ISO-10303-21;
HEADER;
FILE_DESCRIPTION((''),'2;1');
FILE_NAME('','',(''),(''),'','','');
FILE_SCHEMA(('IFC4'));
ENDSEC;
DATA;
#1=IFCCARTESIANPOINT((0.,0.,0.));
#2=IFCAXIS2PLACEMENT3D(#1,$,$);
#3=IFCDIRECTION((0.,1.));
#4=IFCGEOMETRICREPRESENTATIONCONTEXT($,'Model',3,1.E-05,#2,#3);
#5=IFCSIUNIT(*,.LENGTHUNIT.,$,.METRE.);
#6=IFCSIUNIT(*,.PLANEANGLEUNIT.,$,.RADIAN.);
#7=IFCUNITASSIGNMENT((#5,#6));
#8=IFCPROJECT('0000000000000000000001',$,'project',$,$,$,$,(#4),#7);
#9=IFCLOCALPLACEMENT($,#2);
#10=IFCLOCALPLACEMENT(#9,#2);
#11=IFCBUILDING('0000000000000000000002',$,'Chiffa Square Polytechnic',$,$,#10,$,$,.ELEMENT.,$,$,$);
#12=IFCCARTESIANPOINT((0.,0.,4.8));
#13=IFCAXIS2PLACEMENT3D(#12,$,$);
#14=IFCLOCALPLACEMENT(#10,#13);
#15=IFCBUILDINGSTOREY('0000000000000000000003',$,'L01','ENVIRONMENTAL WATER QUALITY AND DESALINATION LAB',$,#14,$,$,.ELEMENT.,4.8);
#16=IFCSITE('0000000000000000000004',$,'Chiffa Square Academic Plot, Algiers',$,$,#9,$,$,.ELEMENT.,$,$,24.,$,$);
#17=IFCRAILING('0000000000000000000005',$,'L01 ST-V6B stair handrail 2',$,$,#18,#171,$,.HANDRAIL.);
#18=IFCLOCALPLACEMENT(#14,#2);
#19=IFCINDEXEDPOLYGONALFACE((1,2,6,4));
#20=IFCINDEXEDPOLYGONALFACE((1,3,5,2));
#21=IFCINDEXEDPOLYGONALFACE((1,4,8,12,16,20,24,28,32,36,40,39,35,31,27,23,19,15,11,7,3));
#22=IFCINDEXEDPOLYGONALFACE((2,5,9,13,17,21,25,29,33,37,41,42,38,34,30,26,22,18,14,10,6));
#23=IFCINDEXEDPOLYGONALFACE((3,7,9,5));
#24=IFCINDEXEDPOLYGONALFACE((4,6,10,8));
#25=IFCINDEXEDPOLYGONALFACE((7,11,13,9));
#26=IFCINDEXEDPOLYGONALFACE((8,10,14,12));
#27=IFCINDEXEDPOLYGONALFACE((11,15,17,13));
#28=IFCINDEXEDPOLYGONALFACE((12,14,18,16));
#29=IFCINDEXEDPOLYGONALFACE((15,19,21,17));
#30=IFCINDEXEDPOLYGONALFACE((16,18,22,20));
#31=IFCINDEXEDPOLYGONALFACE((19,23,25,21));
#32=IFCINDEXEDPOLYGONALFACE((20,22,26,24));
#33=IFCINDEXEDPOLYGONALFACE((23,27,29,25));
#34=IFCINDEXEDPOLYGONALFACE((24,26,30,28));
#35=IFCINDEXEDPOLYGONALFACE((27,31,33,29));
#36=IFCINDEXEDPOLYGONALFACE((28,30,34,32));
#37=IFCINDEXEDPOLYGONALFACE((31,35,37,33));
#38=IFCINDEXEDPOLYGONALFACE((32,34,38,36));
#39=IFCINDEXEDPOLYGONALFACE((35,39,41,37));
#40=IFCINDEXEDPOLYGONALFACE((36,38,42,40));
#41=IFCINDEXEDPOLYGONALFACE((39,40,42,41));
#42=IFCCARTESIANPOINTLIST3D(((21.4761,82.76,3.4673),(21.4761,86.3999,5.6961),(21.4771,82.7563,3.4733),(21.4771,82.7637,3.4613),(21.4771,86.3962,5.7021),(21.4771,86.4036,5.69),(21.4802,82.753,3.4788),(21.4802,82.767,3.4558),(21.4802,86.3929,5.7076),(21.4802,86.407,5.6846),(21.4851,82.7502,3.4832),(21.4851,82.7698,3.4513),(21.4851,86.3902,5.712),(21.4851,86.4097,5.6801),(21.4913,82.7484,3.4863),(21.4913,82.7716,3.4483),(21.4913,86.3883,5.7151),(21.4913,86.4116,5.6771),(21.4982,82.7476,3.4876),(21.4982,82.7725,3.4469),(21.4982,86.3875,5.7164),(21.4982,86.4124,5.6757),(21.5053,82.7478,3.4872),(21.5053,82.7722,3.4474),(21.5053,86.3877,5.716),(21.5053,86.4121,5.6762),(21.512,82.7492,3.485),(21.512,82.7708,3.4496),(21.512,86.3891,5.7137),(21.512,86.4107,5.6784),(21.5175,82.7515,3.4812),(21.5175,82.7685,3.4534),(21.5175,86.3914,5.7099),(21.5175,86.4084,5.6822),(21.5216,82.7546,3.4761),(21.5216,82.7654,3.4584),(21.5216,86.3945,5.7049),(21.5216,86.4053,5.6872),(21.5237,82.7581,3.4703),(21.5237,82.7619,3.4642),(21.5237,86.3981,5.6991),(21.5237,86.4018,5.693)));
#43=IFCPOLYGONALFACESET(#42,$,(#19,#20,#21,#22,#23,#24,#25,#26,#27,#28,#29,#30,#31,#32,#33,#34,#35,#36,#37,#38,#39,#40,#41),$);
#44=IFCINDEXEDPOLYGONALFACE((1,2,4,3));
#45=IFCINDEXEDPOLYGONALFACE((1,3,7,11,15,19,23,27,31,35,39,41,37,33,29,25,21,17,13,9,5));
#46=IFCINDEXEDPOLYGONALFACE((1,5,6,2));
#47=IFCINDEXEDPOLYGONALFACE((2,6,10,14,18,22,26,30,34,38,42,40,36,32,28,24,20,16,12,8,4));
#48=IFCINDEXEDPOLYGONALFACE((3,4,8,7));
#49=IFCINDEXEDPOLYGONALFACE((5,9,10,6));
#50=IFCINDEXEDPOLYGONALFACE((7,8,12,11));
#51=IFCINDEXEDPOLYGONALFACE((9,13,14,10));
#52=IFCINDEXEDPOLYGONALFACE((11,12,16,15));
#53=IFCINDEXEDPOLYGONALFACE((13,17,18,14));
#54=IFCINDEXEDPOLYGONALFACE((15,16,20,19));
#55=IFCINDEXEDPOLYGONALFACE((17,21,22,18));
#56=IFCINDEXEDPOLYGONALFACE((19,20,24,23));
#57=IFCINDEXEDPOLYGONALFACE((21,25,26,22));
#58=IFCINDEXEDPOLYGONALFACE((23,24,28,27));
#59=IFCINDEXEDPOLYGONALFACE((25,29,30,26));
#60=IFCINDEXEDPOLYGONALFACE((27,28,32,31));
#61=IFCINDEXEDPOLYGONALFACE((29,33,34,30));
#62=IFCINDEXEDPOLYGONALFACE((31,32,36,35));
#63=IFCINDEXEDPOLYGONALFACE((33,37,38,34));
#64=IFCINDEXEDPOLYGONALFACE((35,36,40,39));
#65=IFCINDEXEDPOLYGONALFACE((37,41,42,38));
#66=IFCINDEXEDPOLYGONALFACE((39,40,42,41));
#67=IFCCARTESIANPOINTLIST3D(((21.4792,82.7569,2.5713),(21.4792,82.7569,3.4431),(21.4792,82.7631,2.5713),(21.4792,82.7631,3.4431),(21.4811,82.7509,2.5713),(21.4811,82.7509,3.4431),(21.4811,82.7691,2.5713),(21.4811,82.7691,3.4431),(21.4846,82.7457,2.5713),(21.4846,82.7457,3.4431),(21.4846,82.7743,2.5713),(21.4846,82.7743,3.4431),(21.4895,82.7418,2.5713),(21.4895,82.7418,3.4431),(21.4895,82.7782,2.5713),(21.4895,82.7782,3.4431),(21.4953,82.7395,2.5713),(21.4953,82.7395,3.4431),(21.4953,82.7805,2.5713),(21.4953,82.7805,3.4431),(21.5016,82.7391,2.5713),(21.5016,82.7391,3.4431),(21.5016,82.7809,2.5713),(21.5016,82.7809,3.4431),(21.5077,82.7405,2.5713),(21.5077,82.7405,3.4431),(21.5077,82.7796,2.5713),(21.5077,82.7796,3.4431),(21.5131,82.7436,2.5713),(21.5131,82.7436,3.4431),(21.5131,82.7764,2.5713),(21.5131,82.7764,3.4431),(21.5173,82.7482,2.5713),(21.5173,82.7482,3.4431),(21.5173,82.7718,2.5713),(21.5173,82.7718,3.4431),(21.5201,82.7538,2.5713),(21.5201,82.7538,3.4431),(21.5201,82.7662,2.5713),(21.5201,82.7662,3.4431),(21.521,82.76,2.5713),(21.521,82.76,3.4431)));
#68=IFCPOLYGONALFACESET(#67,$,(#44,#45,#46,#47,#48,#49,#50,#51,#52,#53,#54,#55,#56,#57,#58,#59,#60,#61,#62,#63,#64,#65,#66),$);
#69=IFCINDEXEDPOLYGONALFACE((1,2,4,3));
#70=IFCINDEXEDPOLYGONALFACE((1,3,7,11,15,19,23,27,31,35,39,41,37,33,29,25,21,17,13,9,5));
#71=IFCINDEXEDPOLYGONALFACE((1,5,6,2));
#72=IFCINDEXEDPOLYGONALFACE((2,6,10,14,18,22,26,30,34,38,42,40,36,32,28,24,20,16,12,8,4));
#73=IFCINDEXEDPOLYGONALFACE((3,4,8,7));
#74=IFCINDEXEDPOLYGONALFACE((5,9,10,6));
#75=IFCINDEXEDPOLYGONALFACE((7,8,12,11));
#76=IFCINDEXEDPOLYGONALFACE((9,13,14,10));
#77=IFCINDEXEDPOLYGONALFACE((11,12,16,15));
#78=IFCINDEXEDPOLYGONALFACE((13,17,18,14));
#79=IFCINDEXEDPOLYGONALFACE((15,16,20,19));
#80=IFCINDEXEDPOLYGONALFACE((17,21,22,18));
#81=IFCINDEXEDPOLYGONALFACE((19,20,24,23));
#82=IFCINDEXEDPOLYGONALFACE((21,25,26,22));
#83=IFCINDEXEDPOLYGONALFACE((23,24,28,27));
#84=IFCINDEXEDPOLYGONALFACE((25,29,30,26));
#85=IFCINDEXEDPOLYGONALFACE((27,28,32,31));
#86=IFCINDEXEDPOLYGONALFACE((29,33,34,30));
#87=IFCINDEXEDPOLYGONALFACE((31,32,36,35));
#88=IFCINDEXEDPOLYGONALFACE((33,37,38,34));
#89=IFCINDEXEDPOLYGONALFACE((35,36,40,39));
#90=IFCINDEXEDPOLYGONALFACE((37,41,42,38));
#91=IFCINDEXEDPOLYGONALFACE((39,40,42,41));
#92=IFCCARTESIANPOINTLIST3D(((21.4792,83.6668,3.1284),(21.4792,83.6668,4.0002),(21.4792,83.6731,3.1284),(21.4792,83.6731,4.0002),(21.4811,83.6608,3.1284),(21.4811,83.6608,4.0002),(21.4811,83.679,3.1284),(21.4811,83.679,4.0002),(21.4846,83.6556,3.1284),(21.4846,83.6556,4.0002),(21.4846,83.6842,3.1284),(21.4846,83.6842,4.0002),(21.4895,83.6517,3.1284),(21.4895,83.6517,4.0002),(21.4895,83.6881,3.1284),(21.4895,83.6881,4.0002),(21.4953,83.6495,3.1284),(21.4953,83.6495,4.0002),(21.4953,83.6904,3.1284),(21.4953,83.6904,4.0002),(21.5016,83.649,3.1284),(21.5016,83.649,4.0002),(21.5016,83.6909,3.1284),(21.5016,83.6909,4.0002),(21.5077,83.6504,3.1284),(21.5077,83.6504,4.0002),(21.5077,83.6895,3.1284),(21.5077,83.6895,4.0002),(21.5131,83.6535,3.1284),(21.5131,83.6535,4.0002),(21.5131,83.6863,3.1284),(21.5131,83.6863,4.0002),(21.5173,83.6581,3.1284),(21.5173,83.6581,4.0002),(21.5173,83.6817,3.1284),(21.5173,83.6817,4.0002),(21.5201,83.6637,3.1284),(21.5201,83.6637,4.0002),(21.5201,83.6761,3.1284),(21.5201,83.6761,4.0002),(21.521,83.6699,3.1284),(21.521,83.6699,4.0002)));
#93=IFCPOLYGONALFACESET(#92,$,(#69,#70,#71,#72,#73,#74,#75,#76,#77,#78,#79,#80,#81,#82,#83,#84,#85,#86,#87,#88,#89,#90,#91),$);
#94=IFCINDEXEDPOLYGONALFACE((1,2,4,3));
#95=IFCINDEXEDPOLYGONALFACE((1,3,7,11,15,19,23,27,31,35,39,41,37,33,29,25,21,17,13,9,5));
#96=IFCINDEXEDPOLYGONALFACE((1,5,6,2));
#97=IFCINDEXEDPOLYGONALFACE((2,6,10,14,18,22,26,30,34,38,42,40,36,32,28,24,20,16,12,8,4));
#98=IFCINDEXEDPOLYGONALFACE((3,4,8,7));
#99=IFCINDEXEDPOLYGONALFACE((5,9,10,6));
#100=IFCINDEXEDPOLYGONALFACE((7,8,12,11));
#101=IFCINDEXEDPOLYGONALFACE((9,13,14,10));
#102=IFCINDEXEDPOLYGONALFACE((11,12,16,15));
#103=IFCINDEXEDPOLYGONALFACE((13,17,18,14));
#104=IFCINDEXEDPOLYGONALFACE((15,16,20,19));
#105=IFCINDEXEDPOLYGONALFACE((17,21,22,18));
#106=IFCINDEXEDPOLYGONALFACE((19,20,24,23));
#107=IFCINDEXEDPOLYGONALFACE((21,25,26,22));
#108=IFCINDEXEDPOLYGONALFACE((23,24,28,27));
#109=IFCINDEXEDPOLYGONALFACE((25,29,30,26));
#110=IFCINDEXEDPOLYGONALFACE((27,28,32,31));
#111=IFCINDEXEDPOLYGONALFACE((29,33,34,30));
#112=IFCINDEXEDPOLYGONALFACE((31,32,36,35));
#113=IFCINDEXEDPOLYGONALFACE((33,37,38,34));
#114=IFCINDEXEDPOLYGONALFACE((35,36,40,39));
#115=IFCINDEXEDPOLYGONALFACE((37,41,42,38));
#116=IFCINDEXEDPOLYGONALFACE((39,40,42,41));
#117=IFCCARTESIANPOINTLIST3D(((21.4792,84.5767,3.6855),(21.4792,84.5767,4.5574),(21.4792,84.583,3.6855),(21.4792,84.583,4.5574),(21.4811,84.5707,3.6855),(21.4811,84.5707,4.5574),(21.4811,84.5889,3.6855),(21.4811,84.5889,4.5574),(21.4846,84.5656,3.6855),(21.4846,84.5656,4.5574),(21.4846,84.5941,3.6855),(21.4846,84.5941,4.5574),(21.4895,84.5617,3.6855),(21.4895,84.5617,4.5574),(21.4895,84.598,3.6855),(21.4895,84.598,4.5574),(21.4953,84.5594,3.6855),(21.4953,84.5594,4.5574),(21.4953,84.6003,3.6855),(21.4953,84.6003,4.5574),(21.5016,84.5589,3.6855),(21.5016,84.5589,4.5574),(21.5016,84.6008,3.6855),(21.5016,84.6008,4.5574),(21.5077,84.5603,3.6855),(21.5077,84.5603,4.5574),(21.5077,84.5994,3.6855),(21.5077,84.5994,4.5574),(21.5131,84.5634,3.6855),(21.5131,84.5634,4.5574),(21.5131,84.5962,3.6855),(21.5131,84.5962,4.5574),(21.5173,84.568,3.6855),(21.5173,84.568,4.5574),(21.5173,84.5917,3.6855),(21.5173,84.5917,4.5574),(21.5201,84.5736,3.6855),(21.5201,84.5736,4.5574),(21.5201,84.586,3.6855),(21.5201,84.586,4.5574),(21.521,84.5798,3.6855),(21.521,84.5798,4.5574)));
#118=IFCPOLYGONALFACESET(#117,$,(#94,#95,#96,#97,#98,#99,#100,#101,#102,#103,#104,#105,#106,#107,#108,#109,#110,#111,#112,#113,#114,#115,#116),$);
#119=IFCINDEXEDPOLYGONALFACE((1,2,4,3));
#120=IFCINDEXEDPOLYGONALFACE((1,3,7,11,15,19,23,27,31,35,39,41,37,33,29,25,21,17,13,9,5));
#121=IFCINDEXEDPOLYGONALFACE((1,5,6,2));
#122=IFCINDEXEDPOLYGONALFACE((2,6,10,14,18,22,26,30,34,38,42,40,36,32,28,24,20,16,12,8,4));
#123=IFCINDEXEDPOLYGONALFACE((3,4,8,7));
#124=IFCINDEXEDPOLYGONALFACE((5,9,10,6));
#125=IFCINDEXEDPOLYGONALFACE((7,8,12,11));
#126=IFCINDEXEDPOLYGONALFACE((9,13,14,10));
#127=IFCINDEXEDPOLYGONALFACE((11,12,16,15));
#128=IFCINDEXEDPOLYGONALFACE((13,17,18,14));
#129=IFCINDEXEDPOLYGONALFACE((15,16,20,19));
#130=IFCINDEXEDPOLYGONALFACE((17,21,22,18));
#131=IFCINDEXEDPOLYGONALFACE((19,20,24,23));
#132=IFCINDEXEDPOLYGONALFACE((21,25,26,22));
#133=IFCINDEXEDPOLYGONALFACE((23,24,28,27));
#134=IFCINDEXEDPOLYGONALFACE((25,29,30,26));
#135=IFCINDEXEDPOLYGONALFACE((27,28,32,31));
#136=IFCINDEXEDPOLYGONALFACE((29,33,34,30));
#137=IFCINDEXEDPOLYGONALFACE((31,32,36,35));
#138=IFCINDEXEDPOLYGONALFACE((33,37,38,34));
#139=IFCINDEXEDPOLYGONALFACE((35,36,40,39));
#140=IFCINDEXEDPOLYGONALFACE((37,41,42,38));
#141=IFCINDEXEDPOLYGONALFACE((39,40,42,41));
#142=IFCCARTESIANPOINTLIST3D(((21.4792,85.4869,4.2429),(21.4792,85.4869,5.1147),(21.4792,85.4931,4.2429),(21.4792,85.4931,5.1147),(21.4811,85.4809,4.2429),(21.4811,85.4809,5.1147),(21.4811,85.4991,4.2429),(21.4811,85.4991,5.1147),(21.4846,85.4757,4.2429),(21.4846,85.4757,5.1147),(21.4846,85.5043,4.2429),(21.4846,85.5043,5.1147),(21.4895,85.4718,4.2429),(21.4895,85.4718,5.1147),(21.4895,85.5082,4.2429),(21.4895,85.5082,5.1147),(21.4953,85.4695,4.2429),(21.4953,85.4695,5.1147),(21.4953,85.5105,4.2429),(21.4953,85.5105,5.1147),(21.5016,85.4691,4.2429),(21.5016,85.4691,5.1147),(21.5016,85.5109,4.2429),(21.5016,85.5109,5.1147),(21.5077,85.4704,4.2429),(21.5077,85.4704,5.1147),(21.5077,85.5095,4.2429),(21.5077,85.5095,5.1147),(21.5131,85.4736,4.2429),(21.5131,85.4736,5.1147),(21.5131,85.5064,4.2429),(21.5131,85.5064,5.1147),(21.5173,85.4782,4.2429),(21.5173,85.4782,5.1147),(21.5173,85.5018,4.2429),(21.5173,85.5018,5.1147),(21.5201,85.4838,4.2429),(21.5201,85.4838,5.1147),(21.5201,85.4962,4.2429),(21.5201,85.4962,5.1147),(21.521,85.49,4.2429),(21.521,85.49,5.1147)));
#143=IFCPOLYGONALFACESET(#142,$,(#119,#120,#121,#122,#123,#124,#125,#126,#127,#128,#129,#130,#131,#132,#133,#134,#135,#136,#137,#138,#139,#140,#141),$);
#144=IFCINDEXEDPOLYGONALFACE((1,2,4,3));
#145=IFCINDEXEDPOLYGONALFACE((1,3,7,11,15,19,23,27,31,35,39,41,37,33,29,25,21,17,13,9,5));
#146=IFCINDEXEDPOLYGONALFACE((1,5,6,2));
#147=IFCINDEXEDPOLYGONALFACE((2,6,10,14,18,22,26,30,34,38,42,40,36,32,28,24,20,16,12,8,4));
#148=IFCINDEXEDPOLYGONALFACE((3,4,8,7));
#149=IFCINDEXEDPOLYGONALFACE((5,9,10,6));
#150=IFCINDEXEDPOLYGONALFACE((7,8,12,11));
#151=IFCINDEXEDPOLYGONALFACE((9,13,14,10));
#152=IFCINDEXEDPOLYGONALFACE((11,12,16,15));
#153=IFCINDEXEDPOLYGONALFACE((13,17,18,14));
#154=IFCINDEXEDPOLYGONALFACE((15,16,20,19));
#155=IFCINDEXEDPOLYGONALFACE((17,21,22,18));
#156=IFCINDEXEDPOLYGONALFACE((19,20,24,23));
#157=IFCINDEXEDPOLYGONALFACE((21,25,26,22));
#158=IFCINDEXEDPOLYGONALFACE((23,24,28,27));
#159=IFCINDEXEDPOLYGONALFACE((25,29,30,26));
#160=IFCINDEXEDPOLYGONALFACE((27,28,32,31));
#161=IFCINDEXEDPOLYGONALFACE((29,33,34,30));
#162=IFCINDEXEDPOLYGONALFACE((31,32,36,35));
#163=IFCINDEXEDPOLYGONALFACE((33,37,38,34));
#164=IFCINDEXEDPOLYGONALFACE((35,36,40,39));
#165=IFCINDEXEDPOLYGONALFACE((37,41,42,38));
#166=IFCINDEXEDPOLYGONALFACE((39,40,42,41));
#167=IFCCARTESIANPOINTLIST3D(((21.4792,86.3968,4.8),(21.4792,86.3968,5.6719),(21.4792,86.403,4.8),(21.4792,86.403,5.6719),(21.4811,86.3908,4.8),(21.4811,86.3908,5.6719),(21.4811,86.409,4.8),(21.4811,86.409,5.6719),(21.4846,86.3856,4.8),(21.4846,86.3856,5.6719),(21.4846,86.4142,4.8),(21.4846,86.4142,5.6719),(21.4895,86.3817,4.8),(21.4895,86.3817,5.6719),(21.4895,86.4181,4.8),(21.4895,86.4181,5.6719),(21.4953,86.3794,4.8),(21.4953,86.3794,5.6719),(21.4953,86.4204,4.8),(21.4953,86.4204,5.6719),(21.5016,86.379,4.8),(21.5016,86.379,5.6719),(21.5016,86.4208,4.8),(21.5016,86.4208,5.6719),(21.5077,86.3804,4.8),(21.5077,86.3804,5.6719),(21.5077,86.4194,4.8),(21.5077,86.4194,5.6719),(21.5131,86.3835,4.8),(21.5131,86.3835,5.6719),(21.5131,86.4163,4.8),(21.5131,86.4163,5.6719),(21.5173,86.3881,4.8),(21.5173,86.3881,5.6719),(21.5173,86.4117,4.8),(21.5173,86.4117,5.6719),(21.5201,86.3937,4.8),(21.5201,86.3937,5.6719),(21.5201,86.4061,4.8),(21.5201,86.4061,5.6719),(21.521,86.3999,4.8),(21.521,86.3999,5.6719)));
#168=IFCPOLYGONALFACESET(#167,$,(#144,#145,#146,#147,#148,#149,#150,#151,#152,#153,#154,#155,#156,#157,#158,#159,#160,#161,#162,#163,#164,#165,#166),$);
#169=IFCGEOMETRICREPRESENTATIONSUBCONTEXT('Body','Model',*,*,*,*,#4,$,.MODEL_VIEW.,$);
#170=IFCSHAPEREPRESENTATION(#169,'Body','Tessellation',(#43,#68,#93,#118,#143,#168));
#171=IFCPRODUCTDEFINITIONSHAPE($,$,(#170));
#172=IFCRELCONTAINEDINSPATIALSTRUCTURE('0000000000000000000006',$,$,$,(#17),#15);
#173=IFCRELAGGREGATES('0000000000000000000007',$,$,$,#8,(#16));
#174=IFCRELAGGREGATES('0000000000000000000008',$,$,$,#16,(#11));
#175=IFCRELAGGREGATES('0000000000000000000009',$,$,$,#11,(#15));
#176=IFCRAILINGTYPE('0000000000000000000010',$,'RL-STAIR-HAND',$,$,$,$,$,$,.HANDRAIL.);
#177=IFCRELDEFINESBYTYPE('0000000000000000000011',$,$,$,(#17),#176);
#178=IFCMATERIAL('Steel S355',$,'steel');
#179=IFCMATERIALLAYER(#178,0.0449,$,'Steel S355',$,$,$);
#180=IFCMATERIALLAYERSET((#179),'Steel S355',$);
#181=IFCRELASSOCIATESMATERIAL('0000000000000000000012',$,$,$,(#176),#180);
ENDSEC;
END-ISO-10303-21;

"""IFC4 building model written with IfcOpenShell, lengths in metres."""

from ifc_helpers import new_model, si_unit, direction, frame, origin, origin_2d, place, context, subcontext, project, spatial, circle, extrude, material, layer, layer_set, type_object, element, save


model = new_model("IFC4")

# Units and contexts
model_context = context("Model", 3, precision=1e-05, world=origin(), true_north=direction((0.0, 1.0)))
body_context = subcontext(model_context, "Body", "Model", "MODEL_VIEW")
ifc_project = project(units=[si_unit("LENGTHUNIT", "METRE"), si_unit("PLANEANGLEUNIT", "RADIAN")], contexts=[model_context])

# Site, building, storey
site_placement = place(None, origin())
site = spatial("IfcSite", under=ifc_project, at=site_placement, Name="Chiffa Square Academic Plot, Algiers", CompositionType="ELEMENT", RefElevation=24.0)
building_placement = place(site_placement, origin())
building = spatial("IfcBuilding", under=site, at=building_placement, Name="Chiffa Square Polytechnic", CompositionType="ELEMENT")
storey_placement = place(building_placement, frame((0.0, 0.0, 4.8)))
storey = spatial("IfcBuildingStorey", under=building, at=storey_placement, Name="L01", Description="ENVIRONMENTAL WATER QUALITY AND DESALINATION LAB", CompositionType="ELEMENT", Elevation=4.8)

# Railing
ifc_material_1 = material(Name="Steel S355", Category="steel")
ifc_layer_1 = layer(ifc_material_1, 0.0449, Name="Steel S355")
ifc_layer_set_1 = layer_set([ifc_layer_1], Name="Steel S355")
railing_type_1 = type_object("IfcRailingType", Name="RL-STAIR-HAND", PredefinedType="HANDRAIL", material=ifc_layer_set_1)
railing_1_placement = place(storey_placement, frame((21.5, 82.76, 2.5713)))
element("IfcRailing", 1, at=railing_1_placement, inside=storey, type_object=railing_type_1, Name="L01 ST-V6B stair handrail 2", PredefinedType="HANDRAIL", context=body_context, shape_type="SweptSolid", body=[
    extrude(circle(Radius=0.0239, at=origin_2d()), frame((0.0, 0.0, 0.896), z_axis=(0.0, 0.852825, 0.522197), x_axis=(-1.0, 0.0, 0.0)), (0.0, 0.0, 1.0), 4.2681),
    extrude(circle(Radius=0.021, at=origin_2d()), origin(), (0.0, 0.0, 1.0), 0.8718),
    extrude(circle(Radius=0.021, at=origin_2d()), frame((0.0, 0.9099, 0.5571)), (0.0, 0.0, 1.0), 0.8718),
    extrude(circle(Radius=0.021, at=origin_2d()), frame((0.0, 1.8198, 1.1143)), (0.0, 0.0, 1.0), 0.8718),
    extrude(circle(Radius=0.021, at=origin_2d()), frame((0.0, 2.73, 1.6716)), (0.0, 0.0, 1.0), 0.8718),
    extrude(circle(Radius=0.021, at=origin_2d()), frame((0.0, 3.6399, 2.2288)), (0.0, 0.0, 1.0), 0.8718),
])

save(model, "model.ifc")
